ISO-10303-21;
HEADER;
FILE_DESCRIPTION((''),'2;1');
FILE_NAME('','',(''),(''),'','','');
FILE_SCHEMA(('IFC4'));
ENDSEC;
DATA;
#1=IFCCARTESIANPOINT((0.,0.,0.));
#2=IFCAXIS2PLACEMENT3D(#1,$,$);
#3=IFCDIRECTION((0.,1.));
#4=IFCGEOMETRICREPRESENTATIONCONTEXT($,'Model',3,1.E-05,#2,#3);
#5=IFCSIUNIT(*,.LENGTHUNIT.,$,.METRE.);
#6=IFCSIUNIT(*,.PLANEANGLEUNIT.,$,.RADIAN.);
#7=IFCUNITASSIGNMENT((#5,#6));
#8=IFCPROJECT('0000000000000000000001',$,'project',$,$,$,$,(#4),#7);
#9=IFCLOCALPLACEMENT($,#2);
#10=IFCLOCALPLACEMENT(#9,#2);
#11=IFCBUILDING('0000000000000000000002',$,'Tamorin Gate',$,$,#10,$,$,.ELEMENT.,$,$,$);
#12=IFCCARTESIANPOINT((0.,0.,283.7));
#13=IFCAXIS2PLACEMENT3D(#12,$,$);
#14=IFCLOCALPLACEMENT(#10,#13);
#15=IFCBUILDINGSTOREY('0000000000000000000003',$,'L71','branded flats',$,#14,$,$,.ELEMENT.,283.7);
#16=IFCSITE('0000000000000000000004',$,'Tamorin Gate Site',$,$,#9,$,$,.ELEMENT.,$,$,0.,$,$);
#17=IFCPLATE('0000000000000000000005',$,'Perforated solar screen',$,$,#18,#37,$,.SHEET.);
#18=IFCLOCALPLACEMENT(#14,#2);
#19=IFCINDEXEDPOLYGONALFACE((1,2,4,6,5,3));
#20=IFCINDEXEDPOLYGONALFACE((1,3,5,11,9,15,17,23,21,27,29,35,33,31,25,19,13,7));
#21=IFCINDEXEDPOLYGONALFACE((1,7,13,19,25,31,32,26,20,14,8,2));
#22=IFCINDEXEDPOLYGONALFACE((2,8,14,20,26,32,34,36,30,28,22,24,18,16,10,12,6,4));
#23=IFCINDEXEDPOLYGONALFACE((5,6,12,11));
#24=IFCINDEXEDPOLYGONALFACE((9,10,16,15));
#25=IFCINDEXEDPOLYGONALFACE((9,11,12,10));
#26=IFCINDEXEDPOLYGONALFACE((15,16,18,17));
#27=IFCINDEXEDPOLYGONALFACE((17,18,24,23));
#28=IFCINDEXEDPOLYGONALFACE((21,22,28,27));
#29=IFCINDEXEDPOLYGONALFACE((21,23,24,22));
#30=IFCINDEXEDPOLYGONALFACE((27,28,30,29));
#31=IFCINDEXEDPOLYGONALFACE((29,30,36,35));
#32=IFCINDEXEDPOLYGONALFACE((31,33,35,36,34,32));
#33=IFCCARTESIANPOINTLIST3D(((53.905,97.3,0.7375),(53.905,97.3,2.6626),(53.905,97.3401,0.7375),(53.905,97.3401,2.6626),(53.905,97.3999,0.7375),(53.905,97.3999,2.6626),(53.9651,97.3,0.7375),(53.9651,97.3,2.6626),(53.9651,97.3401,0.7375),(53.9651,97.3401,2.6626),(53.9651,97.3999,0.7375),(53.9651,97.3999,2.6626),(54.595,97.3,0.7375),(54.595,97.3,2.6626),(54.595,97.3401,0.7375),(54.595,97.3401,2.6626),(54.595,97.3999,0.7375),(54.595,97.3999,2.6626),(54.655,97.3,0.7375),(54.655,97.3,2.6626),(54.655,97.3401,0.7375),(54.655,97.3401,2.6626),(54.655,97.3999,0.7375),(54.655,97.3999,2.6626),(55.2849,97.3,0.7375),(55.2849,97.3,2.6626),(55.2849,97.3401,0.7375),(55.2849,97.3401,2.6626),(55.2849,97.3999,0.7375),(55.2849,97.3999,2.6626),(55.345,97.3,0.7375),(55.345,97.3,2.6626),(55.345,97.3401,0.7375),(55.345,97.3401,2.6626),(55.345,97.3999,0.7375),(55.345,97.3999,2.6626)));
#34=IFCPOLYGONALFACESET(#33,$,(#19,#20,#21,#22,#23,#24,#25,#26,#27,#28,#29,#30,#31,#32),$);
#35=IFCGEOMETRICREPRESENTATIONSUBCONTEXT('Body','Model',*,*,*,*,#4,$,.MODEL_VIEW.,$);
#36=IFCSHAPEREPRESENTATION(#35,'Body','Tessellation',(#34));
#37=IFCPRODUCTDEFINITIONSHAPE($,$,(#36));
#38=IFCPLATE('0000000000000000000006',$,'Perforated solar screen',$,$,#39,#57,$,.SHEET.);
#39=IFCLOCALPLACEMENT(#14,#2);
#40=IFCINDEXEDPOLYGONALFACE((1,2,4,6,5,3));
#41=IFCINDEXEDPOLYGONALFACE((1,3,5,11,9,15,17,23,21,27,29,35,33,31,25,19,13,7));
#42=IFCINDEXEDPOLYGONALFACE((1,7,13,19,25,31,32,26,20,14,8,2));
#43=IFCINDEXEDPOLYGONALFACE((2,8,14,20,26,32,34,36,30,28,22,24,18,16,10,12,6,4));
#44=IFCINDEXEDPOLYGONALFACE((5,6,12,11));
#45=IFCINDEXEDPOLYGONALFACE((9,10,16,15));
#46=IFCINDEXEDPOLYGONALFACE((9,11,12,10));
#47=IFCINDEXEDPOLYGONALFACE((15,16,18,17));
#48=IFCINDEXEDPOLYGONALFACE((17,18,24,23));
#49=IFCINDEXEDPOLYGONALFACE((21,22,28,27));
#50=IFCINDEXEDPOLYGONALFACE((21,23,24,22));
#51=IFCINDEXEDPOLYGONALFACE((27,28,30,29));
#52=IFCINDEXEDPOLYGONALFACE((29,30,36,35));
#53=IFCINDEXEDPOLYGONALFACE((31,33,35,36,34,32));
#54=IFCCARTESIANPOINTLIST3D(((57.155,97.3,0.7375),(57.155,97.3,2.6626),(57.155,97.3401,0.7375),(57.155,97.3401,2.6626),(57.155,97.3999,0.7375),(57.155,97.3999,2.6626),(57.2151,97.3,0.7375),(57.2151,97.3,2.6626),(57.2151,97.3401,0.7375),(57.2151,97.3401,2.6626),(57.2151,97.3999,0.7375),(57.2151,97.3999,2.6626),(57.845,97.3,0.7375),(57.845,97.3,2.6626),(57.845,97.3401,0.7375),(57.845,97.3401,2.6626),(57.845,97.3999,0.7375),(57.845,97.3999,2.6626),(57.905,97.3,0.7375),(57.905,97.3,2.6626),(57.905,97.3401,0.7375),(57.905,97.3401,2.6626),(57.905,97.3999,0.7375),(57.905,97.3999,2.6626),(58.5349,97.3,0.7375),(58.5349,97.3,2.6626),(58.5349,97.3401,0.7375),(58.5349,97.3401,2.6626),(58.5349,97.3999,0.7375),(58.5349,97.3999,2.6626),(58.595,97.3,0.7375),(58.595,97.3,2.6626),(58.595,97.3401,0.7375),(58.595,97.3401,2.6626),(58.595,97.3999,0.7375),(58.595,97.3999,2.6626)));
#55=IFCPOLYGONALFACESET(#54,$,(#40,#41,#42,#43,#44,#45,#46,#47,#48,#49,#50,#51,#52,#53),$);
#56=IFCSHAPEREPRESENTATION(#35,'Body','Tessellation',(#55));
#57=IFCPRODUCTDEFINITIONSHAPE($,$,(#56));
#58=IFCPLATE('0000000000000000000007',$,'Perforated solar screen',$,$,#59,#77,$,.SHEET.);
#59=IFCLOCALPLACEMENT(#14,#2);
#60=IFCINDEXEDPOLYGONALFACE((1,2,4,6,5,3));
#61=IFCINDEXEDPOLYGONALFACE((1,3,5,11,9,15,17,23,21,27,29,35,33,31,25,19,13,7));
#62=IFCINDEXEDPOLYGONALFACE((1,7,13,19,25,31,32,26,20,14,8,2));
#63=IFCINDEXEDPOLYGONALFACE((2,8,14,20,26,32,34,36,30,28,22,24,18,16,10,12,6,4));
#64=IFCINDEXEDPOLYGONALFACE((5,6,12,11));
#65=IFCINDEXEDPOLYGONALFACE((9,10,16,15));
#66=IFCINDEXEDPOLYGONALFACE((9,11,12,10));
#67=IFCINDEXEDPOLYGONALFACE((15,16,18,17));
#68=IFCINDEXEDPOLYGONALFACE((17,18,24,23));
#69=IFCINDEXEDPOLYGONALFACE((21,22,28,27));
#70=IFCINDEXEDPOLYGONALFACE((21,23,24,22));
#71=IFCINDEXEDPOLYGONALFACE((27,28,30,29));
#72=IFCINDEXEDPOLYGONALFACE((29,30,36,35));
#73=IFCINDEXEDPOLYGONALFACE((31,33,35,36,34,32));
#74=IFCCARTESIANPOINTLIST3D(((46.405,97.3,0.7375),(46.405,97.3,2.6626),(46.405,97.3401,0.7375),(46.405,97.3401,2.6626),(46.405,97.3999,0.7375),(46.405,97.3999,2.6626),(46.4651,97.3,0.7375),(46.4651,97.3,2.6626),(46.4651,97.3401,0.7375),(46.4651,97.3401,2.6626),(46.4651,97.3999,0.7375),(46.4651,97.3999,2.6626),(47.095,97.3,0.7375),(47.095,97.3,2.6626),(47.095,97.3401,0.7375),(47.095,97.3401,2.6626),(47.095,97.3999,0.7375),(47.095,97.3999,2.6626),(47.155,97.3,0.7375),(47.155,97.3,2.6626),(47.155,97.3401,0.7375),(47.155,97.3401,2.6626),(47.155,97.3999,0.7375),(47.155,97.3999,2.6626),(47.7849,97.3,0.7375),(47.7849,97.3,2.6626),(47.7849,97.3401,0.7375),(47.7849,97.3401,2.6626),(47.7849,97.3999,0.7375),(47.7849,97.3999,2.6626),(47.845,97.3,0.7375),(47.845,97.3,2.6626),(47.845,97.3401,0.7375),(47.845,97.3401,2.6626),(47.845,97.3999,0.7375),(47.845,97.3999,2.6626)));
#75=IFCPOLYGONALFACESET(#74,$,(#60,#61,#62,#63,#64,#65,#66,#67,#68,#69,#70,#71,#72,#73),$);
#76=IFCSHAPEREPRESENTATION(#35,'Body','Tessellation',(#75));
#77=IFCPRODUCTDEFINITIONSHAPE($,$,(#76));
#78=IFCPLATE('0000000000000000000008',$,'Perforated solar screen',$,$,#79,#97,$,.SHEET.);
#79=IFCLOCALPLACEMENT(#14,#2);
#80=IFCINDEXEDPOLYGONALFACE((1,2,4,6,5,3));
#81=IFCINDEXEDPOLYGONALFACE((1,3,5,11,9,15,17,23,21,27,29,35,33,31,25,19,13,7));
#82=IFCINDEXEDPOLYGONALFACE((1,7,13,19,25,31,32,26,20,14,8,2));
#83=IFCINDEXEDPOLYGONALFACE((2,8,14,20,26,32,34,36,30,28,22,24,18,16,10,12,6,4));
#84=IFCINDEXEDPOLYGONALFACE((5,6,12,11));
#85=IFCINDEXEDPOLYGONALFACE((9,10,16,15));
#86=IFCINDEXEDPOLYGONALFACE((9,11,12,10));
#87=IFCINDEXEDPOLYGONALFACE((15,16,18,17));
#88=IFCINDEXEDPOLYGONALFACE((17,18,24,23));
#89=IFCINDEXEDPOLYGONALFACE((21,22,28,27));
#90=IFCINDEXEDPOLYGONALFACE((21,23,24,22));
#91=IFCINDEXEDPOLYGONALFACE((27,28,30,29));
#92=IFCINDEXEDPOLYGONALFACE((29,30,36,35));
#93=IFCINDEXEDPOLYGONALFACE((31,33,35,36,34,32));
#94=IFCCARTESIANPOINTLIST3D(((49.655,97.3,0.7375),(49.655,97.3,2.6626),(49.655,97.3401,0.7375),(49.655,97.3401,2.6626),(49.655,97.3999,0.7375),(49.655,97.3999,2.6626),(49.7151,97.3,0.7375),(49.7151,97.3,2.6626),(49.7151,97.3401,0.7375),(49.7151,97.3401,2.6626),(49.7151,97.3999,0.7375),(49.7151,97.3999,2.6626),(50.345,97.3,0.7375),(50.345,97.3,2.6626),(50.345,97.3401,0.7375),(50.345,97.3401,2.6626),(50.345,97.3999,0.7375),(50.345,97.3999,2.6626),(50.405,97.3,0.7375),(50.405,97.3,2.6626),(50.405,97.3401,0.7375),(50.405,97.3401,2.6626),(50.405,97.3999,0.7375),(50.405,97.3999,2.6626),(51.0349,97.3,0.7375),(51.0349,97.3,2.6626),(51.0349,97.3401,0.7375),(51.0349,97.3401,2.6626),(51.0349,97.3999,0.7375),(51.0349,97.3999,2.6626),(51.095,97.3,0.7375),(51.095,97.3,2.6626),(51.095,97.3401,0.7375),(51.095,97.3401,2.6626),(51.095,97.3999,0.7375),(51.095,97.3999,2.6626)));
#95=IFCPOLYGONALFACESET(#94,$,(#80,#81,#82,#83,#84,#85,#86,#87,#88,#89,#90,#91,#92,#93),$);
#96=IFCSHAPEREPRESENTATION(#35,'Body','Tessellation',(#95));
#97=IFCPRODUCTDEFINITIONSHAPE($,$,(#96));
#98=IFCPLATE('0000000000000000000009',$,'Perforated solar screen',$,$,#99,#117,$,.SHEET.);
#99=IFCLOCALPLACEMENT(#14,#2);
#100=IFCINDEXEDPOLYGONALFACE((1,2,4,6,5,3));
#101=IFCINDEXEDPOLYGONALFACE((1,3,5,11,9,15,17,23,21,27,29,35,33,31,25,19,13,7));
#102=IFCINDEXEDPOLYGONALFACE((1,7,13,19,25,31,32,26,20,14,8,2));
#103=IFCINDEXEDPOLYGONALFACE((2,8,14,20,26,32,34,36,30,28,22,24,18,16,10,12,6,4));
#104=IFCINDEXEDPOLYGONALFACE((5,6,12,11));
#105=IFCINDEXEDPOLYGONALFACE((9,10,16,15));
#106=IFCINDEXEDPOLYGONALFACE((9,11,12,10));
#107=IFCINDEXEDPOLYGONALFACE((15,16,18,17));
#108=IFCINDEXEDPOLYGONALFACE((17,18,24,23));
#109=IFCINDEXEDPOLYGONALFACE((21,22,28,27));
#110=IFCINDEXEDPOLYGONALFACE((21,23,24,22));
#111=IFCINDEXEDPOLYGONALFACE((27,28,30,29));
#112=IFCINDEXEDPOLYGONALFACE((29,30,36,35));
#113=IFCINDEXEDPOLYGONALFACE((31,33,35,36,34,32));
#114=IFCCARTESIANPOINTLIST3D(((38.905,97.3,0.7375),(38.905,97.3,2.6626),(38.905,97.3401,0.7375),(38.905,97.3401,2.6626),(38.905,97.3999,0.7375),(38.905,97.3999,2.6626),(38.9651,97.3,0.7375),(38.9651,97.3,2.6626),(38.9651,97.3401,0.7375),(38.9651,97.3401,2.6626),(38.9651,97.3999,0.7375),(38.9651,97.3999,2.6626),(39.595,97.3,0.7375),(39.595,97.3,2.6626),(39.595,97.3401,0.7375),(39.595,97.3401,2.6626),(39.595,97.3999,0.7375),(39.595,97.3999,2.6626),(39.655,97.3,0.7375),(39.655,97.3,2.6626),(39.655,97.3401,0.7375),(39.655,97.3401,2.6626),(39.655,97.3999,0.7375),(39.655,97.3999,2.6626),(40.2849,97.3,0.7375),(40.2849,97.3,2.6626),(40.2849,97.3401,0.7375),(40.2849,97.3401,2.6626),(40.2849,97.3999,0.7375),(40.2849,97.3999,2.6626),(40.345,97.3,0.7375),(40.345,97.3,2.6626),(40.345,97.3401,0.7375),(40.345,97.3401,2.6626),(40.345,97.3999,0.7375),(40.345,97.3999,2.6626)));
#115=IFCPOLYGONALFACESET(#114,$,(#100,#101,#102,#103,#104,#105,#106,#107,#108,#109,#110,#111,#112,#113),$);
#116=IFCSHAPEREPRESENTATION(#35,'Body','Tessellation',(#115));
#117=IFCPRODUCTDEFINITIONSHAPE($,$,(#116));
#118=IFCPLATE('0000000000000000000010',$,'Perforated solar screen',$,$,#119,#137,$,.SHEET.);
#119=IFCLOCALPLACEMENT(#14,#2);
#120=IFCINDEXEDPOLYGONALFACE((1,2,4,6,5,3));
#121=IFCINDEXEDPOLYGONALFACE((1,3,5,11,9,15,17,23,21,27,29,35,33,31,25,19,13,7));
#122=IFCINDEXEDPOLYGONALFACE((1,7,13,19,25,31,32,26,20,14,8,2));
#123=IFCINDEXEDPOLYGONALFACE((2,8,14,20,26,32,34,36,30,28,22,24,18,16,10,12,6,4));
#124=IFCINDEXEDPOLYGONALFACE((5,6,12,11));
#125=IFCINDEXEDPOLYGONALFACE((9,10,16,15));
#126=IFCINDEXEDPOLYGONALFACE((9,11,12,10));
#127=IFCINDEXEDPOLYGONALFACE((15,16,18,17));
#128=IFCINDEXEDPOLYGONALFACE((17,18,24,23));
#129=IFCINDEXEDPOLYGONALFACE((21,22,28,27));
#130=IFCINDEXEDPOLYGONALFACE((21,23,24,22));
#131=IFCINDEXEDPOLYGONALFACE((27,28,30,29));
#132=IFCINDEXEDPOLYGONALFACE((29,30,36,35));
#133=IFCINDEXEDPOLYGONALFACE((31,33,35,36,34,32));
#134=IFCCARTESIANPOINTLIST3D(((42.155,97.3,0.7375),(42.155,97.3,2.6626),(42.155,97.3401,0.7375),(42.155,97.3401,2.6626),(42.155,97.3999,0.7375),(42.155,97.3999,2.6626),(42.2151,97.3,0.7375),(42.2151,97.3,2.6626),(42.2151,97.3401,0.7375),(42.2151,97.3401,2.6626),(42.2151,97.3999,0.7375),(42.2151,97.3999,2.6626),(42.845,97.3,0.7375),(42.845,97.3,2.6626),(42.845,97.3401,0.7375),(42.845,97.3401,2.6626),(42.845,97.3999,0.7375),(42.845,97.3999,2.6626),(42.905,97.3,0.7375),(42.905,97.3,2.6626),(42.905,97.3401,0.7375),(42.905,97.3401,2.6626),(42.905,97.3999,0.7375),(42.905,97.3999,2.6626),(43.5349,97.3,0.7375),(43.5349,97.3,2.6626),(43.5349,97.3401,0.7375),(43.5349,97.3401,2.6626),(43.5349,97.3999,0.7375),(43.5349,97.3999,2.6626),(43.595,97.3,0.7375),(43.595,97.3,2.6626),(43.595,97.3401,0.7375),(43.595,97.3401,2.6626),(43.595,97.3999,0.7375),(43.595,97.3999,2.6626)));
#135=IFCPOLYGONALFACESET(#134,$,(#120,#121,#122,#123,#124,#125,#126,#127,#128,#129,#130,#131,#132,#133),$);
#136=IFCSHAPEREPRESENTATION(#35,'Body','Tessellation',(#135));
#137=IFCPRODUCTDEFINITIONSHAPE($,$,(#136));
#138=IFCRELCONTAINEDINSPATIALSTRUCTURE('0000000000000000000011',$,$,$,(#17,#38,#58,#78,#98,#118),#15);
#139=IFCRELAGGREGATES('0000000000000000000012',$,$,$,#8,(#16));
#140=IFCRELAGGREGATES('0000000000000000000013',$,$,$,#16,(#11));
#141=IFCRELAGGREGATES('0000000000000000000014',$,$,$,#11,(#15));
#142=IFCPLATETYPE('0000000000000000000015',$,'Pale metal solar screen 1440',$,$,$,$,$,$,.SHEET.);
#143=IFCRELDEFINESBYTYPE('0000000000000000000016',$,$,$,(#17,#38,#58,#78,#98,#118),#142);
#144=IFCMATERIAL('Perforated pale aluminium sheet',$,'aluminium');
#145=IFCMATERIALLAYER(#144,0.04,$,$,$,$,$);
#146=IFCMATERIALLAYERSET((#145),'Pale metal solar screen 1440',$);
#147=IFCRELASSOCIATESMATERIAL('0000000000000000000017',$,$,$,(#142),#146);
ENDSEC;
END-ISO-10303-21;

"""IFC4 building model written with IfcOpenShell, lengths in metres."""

from ifc_helpers import new_model, si_unit, direction, frame, origin, place, context, subcontext, project, spatial, polyline, outline, extrude, material, layer, layer_set, type_object, element, save


model = new_model("IFC4")

# Units and contexts
model_context = context("Model", 3, precision=1e-05, world=origin(), true_north=direction((0.0, 1.0)))
body_context = subcontext(model_context, "Body", "Model", "MODEL_VIEW")
ifc_project = project(units=[si_unit("LENGTHUNIT", "METRE"), si_unit("PLANEANGLEUNIT", "RADIAN")], contexts=[model_context])

# Site, building, storey
site_placement = place(None, origin())
site = spatial("IfcSite", under=ifc_project, at=site_placement, Name="Tamorin Gate Site", CompositionType="ELEMENT", RefElevation=0.0)
building_placement = place(site_placement, origin())
building = spatial("IfcBuilding", under=site, at=building_placement, Name="Tamorin Gate", CompositionType="ELEMENT")
storey_placement = place(building_placement, frame((0.0, 0.0, 283.7)))
storey = spatial("IfcBuildingStorey", under=building, at=storey_placement, Name="L71", Description="branded flats", CompositionType="ELEMENT", Elevation=283.7)

# Plates
ifc_material_1 = material(Name="Perforated pale aluminium sheet", Category="aluminium")
ifc_layer_1 = layer(ifc_material_1, 0.04)
ifc_layer_set_1 = layer_set([ifc_layer_1], Name="Pale metal solar screen 1440")
plate_type = type_object("IfcPlateType", Name="Pale metal solar screen 1440", PredefinedType="SHEET", material=ifc_layer_set_1)
plate_1_placement = place(storey_placement, frame((0.0, 0.0, 0.7375)))
element("IfcPlate", 1, at=plate_1_placement, inside=storey, type_object=plate_type, Name="Perforated solar screen", PredefinedType="SHEET", context=body_context, shape_type="SweptSolid", body=[
    extrude(outline(polyline([(55.345, 97.3401), (55.345, 97.3), (55.2849, 97.3), (54.655, 97.3), (54.595, 97.3), (53.9651, 97.3), (53.905, 97.3), (53.905, 97.3401), (53.905, 97.3999), (53.9651, 97.3999), (53.9651, 97.3401), (54.595, 97.3401), (54.595, 97.3999), (54.655, 97.3999), (54.655, 97.3401), (55.2849, 97.3401), (55.2849, 97.3999), (55.345, 97.3999), (55.345, 97.3401)])), origin(), (0.0, 0.0, 1.0), 1.925),
])
plate_2_placement = place(storey_placement, frame((0.0, 0.0, 0.7375)))
element("IfcPlate", 2, at=plate_2_placement, inside=storey, type_object=plate_type, Name="Perforated solar screen", PredefinedType="SHEET", context=body_context, shape_type="SweptSolid", body=[
    extrude(outline(polyline([(58.595, 97.3401), (58.595, 97.3), (58.5349, 97.3), (57.905, 97.3), (57.845, 97.3), (57.2151, 97.3), (57.155, 97.3), (57.155, 97.3401), (57.155, 97.3999), (57.2151, 97.3999), (57.2151, 97.3401), (57.845, 97.3401), (57.845, 97.3999), (57.905, 97.3999), (57.905, 97.3401), (58.5349, 97.3401), (58.5349, 97.3999), (58.595, 97.3999), (58.595, 97.3401)])), origin(), (0.0, 0.0, 1.0), 1.925),
])
plate_3_placement = place(storey_placement, frame((0.0, 0.0, 0.7375)))
element("IfcPlate", 3, at=plate_3_placement, inside=storey, type_object=plate_type, Name="Perforated solar screen", PredefinedType="SHEET", context=body_context, shape_type="SweptSolid", body=[
    extrude(outline(polyline([(47.845, 97.3401), (47.845, 97.3), (47.7849, 97.3), (47.155, 97.3), (47.095, 97.3), (46.4651, 97.3), (46.405, 97.3), (46.405, 97.3401), (46.405, 97.3999), (46.4651, 97.3999), (46.4651, 97.3401), (47.095, 97.3401), (47.095, 97.3999), (47.155, 97.3999), (47.155, 97.3401), (47.7849, 97.3401), (47.7849, 97.3999), (47.845, 97.3999), (47.845, 97.3401)])), origin(), (0.0, 0.0, 1.0), 1.925),
])
plate_4_placement = place(storey_placement, frame((0.0, 0.0, 0.7375)))
element("IfcPlate", 4, at=plate_4_placement, inside=storey, type_object=plate_type, Name="Perforated solar screen", PredefinedType="SHEET", context=body_context, shape_type="SweptSolid", body=[
    extrude(outline(polyline([(51.095, 97.3401), (51.095, 97.3), (51.0349, 97.3), (50.405, 97.3), (50.345, 97.3), (49.7151, 97.3), (49.655, 97.3), (49.655, 97.3401), (49.655, 97.3999), (49.7151, 97.3999), (49.7151, 97.3401), (50.345, 97.3401), (50.345, 97.3999), (50.405, 97.3999), (50.405, 97.3401), (51.0349, 97.3401), (51.0349, 97.3999), (51.095, 97.3999), (51.095, 97.3401)])), origin(), (0.0, 0.0, 1.0), 1.925),
])
plate_5_placement = place(storey_placement, frame((0.0, 0.0, 0.7375)))
element("IfcPlate", 5, at=plate_5_placement, inside=storey, type_object=plate_type, Name="Perforated solar screen", PredefinedType="SHEET", context=body_context, shape_type="SweptSolid", body=[
    extrude(outline(polyline([(40.345, 97.3401), (40.345, 97.3), (40.2849, 97.3), (39.655, 97.3), (39.595, 97.3), (38.9651, 97.3), (38.905, 97.3), (38.905, 97.3401), (38.905, 97.3999), (38.9651, 97.3999), (38.9651, 97.3401), (39.595, 97.3401), (39.595, 97.3999), (39.655, 97.3999), (39.655, 97.3401), (40.2849, 97.3401), (40.2849, 97.3999), (40.345, 97.3999), (40.345, 97.3401)])), origin(), (0.0, 0.0, 1.0), 1.925),
])
plate_6_placement = place(storey_placement, frame((0.0, 0.0, 0.7375)))
element("IfcPlate", 6, at=plate_6_placement, inside=storey, type_object=plate_type, Name="Perforated solar screen", PredefinedType="SHEET", context=body_context, shape_type="SweptSolid", body=[
    extrude(outline(polyline([(43.595, 97.3401), (43.595, 97.3), (43.5349, 97.3), (42.905, 97.3), (42.845, 97.3), (42.2151, 97.3), (42.155, 97.3), (42.155, 97.3401), (42.155, 97.3999), (42.2151, 97.3999), (42.2151, 97.3401), (42.845, 97.3401), (42.845, 97.3999), (42.905, 97.3999), (42.905, 97.3401), (43.5349, 97.3401), (43.5349, 97.3999), (43.595, 97.3999), (43.595, 97.3401)])), origin(), (0.0, 0.0, 1.0), 1.925),
])

save(model, "model.ifc")
